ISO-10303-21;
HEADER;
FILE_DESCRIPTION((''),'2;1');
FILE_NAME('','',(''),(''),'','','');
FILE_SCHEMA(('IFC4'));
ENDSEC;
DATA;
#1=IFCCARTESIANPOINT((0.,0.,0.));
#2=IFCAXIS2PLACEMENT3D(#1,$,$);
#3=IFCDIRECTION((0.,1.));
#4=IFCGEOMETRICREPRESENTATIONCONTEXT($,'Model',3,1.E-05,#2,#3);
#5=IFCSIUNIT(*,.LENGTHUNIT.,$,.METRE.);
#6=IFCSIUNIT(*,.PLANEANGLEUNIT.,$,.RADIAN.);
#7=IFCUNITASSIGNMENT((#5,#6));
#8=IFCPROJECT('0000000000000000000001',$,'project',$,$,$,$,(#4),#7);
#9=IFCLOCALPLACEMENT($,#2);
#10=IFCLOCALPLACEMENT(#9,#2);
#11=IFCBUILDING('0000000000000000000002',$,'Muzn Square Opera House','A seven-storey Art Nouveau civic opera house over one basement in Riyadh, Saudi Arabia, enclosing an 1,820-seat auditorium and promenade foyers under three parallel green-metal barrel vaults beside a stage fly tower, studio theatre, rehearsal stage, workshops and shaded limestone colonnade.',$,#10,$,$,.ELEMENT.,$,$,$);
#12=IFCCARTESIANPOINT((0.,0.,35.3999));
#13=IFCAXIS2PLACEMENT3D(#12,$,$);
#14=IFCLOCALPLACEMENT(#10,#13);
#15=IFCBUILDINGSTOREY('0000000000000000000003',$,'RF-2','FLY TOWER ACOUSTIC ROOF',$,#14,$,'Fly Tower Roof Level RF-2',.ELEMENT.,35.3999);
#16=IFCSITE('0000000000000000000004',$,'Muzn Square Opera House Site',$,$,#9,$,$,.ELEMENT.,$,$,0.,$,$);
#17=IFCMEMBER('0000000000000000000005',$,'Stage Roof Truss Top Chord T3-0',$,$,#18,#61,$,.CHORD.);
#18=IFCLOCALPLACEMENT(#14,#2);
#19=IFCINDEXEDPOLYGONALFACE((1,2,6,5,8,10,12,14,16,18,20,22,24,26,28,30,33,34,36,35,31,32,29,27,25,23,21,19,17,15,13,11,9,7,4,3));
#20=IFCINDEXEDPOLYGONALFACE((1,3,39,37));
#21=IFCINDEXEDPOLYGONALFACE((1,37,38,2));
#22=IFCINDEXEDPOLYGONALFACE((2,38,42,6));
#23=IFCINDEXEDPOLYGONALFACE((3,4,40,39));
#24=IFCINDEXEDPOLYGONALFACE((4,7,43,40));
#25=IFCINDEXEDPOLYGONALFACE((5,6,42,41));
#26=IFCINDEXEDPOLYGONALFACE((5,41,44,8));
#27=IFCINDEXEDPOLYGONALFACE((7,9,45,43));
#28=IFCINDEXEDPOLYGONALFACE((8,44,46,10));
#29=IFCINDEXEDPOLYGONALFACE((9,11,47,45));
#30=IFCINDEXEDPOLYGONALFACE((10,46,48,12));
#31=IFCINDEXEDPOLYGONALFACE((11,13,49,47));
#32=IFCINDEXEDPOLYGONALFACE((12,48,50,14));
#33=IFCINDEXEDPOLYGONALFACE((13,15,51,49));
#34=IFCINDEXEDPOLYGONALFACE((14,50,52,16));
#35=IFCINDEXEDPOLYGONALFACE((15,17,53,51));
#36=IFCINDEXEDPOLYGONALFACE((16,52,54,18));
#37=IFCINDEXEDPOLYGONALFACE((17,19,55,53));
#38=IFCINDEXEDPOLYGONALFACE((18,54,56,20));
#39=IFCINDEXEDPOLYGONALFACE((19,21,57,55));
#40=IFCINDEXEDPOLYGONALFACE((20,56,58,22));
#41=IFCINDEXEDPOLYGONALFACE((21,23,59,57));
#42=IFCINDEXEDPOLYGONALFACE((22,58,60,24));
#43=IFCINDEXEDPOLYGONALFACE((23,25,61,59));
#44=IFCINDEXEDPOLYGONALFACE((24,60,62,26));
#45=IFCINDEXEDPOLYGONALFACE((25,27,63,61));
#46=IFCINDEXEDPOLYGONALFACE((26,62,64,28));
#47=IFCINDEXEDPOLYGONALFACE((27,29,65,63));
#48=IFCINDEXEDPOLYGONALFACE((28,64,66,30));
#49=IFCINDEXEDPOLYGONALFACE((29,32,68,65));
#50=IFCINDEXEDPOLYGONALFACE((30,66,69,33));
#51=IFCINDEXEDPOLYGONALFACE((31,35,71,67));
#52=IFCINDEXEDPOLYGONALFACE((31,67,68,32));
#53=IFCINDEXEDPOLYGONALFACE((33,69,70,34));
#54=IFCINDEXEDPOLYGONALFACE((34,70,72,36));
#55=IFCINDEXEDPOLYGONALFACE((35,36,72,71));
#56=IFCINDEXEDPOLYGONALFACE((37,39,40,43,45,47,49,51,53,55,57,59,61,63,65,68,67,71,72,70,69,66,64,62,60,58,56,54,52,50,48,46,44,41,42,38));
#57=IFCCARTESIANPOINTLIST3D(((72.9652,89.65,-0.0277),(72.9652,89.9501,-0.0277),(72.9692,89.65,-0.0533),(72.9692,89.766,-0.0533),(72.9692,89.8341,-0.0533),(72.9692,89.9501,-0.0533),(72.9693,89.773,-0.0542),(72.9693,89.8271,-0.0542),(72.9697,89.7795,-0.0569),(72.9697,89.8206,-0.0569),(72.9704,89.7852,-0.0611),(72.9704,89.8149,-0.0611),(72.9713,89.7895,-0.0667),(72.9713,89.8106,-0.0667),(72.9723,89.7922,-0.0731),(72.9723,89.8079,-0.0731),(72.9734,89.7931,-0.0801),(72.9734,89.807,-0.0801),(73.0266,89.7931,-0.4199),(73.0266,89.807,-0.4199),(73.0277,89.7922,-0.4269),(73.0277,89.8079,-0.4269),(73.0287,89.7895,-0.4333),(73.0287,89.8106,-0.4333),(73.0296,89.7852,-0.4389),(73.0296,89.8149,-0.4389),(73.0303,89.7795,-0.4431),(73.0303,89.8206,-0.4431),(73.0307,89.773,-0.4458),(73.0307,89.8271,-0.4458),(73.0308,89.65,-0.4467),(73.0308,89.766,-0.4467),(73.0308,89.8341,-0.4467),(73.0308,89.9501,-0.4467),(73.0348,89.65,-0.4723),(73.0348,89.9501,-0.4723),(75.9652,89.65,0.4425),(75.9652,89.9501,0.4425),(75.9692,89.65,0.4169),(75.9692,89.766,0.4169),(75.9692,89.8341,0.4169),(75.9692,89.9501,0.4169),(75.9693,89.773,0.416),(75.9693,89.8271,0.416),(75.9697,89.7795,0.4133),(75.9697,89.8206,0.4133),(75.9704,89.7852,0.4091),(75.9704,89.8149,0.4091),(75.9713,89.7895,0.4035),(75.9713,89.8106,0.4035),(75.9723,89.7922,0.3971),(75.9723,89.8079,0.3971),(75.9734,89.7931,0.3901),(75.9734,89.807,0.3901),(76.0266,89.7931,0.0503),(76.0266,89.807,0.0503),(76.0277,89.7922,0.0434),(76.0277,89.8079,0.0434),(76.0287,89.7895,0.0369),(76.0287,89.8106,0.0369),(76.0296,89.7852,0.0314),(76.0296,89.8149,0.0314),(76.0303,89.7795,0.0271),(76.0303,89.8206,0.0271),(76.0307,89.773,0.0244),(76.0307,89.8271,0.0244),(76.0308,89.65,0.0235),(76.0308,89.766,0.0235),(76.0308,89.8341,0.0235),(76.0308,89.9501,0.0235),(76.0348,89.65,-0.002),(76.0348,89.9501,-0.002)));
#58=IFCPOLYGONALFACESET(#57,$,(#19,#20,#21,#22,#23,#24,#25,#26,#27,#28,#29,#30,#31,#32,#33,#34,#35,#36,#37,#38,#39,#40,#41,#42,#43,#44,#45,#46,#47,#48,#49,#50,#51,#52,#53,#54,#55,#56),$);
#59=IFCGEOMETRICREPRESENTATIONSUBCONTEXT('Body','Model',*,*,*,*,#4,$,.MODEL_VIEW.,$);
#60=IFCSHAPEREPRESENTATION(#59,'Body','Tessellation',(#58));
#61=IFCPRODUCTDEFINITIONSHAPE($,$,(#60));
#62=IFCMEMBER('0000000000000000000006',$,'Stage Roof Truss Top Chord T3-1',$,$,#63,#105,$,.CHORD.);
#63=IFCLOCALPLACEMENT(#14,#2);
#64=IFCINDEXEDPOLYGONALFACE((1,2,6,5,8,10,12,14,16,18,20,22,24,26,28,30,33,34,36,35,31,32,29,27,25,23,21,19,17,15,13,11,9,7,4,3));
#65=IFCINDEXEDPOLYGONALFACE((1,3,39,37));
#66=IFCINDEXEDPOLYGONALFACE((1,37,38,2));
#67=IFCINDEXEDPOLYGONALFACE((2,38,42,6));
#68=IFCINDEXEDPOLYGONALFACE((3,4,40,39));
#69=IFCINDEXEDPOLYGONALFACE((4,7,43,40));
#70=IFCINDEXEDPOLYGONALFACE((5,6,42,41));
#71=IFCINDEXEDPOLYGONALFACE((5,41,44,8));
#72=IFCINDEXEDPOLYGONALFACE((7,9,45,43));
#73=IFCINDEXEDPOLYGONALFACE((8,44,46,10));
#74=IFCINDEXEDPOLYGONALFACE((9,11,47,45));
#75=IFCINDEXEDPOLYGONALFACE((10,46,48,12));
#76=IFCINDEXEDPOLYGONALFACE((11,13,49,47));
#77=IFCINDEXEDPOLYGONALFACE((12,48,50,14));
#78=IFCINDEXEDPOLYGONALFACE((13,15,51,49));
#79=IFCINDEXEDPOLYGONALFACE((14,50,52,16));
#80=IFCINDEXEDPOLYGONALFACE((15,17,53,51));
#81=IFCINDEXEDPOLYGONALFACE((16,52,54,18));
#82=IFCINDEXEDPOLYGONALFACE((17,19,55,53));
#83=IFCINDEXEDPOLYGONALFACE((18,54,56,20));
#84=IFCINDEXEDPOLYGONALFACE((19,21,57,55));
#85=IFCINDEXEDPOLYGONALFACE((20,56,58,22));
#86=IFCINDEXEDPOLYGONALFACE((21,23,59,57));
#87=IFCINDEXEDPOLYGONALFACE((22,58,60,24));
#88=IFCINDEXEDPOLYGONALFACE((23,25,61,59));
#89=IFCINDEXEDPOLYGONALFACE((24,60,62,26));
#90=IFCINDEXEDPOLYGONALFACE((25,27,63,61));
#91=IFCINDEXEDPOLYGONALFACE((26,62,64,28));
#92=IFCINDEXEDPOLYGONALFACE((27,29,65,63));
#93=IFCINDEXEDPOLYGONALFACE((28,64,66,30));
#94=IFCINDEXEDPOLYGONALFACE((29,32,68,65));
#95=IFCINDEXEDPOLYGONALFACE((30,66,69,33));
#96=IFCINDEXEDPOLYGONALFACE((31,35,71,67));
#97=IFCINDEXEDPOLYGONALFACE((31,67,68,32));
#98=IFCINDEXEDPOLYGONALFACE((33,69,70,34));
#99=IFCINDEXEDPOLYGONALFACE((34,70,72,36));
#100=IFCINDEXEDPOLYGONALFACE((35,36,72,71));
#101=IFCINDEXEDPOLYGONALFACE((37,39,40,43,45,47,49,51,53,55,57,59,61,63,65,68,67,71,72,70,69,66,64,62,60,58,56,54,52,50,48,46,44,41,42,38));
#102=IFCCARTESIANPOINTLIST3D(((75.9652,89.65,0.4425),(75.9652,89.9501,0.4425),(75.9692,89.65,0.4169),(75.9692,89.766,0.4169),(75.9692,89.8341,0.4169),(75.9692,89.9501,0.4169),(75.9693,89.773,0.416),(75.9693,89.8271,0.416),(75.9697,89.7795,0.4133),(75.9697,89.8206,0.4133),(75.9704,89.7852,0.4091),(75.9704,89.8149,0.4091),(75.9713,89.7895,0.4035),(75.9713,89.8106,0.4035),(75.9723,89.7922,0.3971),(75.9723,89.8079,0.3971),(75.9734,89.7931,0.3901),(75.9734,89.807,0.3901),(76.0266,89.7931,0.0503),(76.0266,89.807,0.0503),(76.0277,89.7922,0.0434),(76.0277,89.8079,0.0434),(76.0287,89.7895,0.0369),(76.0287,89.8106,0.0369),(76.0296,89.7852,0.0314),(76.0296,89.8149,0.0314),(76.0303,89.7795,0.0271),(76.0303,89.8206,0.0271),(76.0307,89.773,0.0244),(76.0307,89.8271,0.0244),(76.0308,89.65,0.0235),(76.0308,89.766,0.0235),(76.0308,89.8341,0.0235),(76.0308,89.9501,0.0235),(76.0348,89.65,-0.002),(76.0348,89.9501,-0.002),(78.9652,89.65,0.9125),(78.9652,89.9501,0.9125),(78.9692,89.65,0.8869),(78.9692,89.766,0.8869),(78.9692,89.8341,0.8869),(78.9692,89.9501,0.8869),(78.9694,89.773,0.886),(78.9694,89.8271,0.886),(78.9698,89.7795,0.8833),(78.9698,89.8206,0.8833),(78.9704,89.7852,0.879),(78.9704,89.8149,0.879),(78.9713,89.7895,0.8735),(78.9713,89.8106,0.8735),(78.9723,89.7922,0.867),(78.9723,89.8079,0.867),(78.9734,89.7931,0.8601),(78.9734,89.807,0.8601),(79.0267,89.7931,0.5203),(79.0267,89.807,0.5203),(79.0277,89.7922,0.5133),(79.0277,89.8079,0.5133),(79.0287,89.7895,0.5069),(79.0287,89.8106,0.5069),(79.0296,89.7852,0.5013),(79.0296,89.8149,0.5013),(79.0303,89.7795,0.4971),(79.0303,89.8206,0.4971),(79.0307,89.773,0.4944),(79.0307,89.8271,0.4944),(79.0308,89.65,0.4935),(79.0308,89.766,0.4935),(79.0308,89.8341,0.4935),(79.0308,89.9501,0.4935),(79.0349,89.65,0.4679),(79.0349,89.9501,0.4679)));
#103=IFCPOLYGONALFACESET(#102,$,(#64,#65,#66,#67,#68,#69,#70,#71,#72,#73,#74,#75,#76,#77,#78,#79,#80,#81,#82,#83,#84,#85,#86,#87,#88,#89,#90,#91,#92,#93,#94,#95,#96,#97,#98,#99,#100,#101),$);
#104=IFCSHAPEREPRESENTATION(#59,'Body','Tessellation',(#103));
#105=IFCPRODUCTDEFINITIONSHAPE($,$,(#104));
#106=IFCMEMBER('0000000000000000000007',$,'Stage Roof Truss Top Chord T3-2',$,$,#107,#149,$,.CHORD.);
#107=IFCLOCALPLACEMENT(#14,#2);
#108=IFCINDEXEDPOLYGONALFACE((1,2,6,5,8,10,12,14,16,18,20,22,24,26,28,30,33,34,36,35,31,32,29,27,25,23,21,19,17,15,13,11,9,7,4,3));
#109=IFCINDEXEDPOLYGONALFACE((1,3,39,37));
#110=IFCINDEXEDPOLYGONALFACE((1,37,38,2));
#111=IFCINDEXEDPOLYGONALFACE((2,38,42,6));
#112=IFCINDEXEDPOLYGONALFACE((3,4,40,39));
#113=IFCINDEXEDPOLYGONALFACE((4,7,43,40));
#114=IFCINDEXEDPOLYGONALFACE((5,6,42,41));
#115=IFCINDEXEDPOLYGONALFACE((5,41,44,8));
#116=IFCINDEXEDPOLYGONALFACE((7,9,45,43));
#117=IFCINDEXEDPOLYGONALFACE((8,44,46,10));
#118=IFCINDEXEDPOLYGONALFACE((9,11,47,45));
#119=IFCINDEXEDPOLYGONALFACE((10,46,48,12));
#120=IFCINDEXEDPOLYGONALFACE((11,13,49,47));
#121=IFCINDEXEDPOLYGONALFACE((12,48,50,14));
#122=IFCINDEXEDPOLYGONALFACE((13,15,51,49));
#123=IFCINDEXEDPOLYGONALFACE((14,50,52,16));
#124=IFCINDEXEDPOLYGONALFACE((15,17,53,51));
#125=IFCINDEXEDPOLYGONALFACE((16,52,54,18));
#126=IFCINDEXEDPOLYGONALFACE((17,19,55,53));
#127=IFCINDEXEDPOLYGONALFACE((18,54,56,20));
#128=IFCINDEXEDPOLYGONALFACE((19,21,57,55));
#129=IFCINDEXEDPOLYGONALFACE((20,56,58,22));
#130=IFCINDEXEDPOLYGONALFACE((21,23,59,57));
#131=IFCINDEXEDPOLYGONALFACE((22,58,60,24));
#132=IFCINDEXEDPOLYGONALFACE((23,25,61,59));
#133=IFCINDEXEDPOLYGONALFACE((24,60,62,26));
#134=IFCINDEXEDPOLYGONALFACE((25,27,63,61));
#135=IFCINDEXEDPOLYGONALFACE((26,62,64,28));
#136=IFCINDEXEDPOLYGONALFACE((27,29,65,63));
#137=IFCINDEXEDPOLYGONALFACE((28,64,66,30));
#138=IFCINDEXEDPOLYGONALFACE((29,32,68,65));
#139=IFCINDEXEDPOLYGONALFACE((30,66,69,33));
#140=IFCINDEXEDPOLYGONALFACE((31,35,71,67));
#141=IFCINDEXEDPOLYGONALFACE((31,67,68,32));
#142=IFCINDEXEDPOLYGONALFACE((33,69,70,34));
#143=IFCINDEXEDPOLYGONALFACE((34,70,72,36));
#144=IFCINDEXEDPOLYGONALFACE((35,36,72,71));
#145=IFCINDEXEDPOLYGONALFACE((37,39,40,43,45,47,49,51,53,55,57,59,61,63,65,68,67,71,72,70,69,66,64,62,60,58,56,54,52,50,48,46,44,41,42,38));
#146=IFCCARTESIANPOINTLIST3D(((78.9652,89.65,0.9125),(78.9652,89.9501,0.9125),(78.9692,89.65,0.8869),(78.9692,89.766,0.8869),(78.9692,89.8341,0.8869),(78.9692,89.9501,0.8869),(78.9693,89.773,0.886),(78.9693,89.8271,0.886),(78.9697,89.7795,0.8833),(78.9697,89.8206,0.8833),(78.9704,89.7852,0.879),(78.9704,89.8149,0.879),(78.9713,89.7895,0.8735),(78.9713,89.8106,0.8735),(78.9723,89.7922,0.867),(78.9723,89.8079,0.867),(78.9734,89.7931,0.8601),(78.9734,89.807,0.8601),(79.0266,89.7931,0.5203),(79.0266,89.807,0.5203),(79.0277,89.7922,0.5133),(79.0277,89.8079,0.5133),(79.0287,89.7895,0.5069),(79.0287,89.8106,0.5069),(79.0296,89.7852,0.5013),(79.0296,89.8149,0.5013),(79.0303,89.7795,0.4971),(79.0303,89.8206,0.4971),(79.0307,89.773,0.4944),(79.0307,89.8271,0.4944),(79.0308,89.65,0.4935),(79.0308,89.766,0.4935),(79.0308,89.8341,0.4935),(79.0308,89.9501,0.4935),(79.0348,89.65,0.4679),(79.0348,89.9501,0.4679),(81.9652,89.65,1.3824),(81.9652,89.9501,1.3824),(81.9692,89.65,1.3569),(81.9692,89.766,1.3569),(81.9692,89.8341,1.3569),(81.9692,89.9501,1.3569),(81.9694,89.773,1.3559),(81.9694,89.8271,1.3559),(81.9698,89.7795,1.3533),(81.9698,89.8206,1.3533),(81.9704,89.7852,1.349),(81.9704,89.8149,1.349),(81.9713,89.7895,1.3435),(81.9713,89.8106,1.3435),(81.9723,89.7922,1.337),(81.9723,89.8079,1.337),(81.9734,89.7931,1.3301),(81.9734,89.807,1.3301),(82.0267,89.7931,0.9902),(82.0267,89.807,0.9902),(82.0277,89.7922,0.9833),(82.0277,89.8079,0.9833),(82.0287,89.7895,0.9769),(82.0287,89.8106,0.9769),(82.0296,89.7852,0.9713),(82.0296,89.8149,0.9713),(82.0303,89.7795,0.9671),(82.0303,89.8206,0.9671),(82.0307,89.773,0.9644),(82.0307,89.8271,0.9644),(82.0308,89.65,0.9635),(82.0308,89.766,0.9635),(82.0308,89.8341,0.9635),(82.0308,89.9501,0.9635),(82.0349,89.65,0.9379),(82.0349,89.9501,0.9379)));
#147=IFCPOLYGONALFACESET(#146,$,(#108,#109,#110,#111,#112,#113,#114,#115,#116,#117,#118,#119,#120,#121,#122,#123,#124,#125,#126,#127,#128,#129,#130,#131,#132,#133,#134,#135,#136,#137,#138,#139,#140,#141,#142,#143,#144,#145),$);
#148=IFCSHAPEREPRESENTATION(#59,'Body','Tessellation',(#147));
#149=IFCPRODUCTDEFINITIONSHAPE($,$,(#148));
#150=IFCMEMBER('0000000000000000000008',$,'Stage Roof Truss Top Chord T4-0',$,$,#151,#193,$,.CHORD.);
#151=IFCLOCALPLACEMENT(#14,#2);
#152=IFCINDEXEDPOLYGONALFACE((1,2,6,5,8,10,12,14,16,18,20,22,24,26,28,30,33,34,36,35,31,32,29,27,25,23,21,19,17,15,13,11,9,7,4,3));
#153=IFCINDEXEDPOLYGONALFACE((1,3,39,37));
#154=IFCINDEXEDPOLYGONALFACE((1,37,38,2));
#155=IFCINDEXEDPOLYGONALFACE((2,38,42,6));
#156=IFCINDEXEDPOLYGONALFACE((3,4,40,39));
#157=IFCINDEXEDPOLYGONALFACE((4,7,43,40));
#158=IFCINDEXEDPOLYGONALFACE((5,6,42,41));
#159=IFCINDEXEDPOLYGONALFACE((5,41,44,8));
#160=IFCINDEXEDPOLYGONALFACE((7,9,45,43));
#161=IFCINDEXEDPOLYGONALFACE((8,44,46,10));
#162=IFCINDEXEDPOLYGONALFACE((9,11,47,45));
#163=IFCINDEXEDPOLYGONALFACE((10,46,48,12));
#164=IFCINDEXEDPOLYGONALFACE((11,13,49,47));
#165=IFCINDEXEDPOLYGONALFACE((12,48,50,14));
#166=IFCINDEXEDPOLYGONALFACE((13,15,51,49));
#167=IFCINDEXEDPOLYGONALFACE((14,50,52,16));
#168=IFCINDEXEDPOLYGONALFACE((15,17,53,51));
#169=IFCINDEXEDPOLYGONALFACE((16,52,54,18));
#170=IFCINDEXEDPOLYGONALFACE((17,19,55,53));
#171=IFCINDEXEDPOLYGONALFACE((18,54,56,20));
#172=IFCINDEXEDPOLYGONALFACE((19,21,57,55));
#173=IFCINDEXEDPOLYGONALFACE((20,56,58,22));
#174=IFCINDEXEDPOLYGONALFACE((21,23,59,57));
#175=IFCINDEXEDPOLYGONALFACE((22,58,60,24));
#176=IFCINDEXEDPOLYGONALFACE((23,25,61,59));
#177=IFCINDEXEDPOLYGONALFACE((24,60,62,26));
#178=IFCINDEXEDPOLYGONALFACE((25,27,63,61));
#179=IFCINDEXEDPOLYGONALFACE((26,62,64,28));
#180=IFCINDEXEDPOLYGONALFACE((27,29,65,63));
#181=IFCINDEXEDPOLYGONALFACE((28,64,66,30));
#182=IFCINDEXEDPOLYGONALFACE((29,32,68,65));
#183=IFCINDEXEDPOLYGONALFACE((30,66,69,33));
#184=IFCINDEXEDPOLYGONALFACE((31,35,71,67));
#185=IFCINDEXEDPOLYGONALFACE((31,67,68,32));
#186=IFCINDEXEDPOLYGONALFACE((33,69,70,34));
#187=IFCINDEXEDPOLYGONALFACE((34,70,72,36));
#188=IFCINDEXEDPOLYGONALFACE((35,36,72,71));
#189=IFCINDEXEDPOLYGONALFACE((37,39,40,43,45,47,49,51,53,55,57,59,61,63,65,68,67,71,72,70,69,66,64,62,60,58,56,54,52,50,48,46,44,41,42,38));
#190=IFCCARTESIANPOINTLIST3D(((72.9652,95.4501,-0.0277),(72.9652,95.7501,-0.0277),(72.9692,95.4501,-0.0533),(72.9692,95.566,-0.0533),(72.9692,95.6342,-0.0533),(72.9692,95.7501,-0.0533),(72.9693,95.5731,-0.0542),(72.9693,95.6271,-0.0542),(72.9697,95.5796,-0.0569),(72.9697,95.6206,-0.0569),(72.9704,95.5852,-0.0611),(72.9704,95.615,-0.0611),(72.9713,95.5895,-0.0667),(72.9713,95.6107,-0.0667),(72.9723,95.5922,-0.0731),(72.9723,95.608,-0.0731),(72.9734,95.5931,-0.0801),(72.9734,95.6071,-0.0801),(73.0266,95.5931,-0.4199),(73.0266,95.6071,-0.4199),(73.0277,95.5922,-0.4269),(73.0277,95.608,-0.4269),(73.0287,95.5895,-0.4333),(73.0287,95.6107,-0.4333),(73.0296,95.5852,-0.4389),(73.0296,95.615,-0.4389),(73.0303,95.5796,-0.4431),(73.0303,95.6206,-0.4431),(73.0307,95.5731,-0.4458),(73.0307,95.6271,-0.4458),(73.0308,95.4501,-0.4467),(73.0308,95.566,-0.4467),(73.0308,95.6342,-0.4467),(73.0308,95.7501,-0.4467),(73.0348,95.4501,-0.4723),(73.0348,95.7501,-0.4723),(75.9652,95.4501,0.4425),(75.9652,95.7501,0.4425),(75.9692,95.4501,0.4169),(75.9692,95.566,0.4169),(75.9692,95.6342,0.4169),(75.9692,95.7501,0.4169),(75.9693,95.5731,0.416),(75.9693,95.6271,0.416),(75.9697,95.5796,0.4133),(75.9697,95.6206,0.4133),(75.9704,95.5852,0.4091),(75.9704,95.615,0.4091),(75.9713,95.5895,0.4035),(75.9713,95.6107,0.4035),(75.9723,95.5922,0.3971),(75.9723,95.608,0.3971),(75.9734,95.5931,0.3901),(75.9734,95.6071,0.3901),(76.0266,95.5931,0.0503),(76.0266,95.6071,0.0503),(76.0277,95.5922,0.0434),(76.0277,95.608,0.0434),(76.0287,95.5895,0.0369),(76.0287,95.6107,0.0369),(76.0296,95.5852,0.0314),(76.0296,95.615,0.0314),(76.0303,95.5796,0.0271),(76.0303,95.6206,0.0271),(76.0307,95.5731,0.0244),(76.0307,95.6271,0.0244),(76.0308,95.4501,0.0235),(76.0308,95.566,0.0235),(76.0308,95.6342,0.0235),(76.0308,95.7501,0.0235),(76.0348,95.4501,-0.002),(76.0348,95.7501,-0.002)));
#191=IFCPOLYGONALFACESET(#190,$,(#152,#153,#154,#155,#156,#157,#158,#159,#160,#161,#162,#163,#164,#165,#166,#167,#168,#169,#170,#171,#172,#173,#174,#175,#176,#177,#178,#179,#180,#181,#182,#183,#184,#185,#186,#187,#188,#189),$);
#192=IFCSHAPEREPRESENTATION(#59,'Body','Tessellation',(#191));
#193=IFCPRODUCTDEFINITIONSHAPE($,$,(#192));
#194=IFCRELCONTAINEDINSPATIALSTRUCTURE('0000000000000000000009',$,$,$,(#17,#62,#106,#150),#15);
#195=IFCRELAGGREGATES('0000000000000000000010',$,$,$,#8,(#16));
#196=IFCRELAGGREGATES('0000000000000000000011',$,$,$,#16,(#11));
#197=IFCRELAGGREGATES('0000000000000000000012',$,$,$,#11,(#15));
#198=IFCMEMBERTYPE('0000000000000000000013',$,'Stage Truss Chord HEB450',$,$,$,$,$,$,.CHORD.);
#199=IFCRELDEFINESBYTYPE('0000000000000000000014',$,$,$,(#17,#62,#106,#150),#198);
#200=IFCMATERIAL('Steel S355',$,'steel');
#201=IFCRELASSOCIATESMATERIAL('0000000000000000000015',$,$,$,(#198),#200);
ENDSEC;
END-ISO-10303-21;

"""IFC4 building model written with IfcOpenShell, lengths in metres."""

from ifc_helpers import new_model, si_unit, direction, frame, origin, origin_2d, place, context, subcontext, project, spatial, i_section, extrude, material, material_profile, profile_set, type_object, element, save


model = new_model("IFC4")

# Units and contexts
model_context = context("Model", 3, precision=1e-05, world=origin(), true_north=direction((0.0, 1.0)))
body_context = subcontext(model_context, "Body", "Model", "MODEL_VIEW")
ifc_project = project(units=[si_unit("LENGTHUNIT", "METRE"), si_unit("PLANEANGLEUNIT", "RADIAN")], contexts=[model_context])

# Site, building, storey
site_placement = place(None, origin())
site = spatial("IfcSite", under=ifc_project, at=site_placement, Name="Muzn Square Opera House Site", CompositionType="ELEMENT", RefElevation=0.0)
building_placement = place(site_placement, origin())
building = spatial("IfcBuilding", under=site, at=building_placement, Name="Muzn Square Opera House", Description="A seven-storey Art Nouveau civic opera house over one basement in Riyadh, Saudi Arabia, enclosing an 1,820-seat auditorium and promenade foyers under three parallel green-metal barrel vaults beside a stage fly tower, studio theatre, rehearsal stage, workshops and shaded limestone colonnade.", CompositionType="ELEMENT")
storey_placement = place(building_placement, frame((0.0, 0.0, 35.3999)))
storey = spatial("IfcBuildingStorey", under=building, at=storey_placement, Name="RF-2", Description="FLY TOWER ACOUSTIC ROOF", LongName="Fly Tower Roof Level RF-2", CompositionType="ELEMENT", Elevation=35.3999)

# Members
ifc_material = material(Name="Steel S355", Category="steel")
ifc_material_profile_1 = material_profile(ifc_material, i_section(OverallWidth=0.3, OverallDepth=0.45, WebThickness=0.0139, FlangeThickness=0.0259, FilletRadius=0.0271, at=origin_2d()), Name="HEB 450", Category="steel")
ifc_profile_set_1 = profile_set([ifc_material_profile_1], Name="Steel S355")
member_type_1 = type_object("IfcMemberType", Name="Stage Truss Chord HEB450", PredefinedType="CHORD", material=ifc_profile_set_1)
for number, where, z_axis, x_axis, name in (
    (1, (73.0, 89.8, -0.25), (0.987938, 0.0, 0.154848), (0.0, 1.0, 0.0), "Stage Roof Truss Top Chord T3-0"),
    (2, (76.0, 89.8, 0.2202), (0.987951, 0.0, 0.154769), (0.0, 1.0, 0.0), "Stage Roof Truss Top Chord T3-1"),
    (3, (79.0, 89.8, 0.6902), (0.987951, 0.0, 0.154769), (0.0, 1.0, 0.0), "Stage Roof Truss Top Chord T3-2"),
    (4, (73.0, 95.6001, -0.25), (0.987938, 0.0, 0.154848), (0.0, 1.0, 0.0), "Stage Roof Truss Top Chord T4-0"),
):
    element("IfcMember", number, at=place(storey_placement, frame(where, z_axis=z_axis, x_axis=x_axis)), inside=storey, type_object=member_type_1, Name=name, PredefinedType="CHORD", context=body_context, shape_type="SweptSolid", body=[
        extrude(i_section(OverallWidth=0.3, OverallDepth=0.45, WebThickness=0.0139, FlangeThickness=0.0259, FilletRadius=0.0271, at=origin_2d()), origin(), (0.0, 0.0, 1.0), 3.0366),
    ])

save(model, "model.ifc")
